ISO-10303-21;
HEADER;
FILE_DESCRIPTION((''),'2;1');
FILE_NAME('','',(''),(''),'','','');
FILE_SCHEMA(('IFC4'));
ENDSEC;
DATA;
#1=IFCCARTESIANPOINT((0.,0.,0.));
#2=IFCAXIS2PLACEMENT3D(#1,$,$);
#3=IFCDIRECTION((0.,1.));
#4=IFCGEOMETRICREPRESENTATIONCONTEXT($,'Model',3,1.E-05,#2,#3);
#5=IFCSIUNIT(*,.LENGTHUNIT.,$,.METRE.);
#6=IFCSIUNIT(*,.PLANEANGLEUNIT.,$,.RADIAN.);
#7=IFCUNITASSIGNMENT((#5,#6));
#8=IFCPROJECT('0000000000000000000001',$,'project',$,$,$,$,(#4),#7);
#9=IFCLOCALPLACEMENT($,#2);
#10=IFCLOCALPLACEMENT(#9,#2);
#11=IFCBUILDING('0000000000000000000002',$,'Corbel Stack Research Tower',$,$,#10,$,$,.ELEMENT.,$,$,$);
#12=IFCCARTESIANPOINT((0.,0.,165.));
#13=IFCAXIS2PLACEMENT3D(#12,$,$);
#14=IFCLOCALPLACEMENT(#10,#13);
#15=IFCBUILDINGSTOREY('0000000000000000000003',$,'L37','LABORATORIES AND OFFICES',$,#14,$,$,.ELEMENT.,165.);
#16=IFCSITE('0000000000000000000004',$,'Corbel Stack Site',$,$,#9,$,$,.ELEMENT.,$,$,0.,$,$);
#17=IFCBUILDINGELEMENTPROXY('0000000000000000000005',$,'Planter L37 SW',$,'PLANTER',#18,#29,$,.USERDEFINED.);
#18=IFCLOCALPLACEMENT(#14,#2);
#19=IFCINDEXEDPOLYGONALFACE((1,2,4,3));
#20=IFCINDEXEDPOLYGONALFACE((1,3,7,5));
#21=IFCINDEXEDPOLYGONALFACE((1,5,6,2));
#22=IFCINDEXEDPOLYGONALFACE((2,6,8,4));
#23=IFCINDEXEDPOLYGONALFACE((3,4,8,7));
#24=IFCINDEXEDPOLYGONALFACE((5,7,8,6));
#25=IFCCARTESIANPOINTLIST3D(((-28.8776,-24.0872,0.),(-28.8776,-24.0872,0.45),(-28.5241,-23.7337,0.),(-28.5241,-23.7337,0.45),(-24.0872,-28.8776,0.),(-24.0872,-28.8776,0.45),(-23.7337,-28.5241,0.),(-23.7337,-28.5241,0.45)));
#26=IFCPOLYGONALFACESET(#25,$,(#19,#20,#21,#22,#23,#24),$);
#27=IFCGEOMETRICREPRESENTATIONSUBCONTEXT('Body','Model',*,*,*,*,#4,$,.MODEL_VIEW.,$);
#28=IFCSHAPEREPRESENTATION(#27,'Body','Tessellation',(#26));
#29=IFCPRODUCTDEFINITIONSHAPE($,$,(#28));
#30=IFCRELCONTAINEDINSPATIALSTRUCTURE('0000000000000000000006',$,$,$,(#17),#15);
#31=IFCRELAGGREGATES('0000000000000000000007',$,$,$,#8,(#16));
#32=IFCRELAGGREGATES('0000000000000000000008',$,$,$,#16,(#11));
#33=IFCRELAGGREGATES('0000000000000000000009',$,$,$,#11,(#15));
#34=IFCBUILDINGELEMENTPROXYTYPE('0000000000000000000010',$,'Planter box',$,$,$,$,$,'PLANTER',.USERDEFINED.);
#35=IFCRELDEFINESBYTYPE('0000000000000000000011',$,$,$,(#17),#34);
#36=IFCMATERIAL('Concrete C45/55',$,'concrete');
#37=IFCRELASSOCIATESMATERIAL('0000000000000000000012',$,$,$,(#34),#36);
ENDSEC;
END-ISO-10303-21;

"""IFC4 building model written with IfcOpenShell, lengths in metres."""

from ifc_helpers import new_model, si_unit, direction, frame, origin, origin_2d, place, context, subcontext, project, spatial, rectangle, extrude, material, type_object, element, save


model = new_model("IFC4")

# Units and contexts
model_context = context("Model", 3, precision=1e-05, world=origin(), true_north=direction((0.0, 1.0)))
body_context = subcontext(model_context, "Body", "Model", "MODEL_VIEW")
ifc_project = project(units=[si_unit("LENGTHUNIT", "METRE"), si_unit("PLANEANGLEUNIT", "RADIAN")], contexts=[model_context])

# Site, building, storey
site_placement = place(None, origin())
site = spatial("IfcSite", under=ifc_project, at=site_placement, Name="Corbel Stack Site", CompositionType="ELEMENT", RefElevation=0.0)
building_placement = place(site_placement, origin())
building = spatial("IfcBuilding", under=site, at=building_placement, Name="Corbel Stack Research Tower", CompositionType="ELEMENT")
storey_placement = place(building_placement, frame((0.0, 0.0, 165.0)))
storey = spatial("IfcBuildingStorey", under=building, at=storey_placement, Name="L37", Description="LABORATORIES AND OFFICES", CompositionType="ELEMENT", Elevation=165.0)

# Building element proxy
ifc_material_1 = material(Name="Concrete C45/55", Category="concrete")
building_element_proxy_type = type_object("IfcBuildingElementProxyType", Name="Planter box", ElementType="PLANTER", PredefinedType="USERDEFINED", material=ifc_material_1)
proxy_placement = place(storey_placement, frame((-26.3057, -26.3057, 0.0), z_axis=(0.0, 0.0, 1.0), x_axis=(0.707107, -0.707107, 0.0)))
element("IfcBuildingElementProxy", 1, at=proxy_placement, inside=storey, type_object=building_element_proxy_type, Name="Planter L37 SW", ObjectType="PLANTER", PredefinedType="USERDEFINED", context=body_context, shape_type="SweptSolid", body=[
    extrude(rectangle(XDim=6.7747, YDim=0.5, at=origin_2d()), origin(), (0.0, 0.0, 1.0), 0.45),
])

save(model, "model.ifc")
